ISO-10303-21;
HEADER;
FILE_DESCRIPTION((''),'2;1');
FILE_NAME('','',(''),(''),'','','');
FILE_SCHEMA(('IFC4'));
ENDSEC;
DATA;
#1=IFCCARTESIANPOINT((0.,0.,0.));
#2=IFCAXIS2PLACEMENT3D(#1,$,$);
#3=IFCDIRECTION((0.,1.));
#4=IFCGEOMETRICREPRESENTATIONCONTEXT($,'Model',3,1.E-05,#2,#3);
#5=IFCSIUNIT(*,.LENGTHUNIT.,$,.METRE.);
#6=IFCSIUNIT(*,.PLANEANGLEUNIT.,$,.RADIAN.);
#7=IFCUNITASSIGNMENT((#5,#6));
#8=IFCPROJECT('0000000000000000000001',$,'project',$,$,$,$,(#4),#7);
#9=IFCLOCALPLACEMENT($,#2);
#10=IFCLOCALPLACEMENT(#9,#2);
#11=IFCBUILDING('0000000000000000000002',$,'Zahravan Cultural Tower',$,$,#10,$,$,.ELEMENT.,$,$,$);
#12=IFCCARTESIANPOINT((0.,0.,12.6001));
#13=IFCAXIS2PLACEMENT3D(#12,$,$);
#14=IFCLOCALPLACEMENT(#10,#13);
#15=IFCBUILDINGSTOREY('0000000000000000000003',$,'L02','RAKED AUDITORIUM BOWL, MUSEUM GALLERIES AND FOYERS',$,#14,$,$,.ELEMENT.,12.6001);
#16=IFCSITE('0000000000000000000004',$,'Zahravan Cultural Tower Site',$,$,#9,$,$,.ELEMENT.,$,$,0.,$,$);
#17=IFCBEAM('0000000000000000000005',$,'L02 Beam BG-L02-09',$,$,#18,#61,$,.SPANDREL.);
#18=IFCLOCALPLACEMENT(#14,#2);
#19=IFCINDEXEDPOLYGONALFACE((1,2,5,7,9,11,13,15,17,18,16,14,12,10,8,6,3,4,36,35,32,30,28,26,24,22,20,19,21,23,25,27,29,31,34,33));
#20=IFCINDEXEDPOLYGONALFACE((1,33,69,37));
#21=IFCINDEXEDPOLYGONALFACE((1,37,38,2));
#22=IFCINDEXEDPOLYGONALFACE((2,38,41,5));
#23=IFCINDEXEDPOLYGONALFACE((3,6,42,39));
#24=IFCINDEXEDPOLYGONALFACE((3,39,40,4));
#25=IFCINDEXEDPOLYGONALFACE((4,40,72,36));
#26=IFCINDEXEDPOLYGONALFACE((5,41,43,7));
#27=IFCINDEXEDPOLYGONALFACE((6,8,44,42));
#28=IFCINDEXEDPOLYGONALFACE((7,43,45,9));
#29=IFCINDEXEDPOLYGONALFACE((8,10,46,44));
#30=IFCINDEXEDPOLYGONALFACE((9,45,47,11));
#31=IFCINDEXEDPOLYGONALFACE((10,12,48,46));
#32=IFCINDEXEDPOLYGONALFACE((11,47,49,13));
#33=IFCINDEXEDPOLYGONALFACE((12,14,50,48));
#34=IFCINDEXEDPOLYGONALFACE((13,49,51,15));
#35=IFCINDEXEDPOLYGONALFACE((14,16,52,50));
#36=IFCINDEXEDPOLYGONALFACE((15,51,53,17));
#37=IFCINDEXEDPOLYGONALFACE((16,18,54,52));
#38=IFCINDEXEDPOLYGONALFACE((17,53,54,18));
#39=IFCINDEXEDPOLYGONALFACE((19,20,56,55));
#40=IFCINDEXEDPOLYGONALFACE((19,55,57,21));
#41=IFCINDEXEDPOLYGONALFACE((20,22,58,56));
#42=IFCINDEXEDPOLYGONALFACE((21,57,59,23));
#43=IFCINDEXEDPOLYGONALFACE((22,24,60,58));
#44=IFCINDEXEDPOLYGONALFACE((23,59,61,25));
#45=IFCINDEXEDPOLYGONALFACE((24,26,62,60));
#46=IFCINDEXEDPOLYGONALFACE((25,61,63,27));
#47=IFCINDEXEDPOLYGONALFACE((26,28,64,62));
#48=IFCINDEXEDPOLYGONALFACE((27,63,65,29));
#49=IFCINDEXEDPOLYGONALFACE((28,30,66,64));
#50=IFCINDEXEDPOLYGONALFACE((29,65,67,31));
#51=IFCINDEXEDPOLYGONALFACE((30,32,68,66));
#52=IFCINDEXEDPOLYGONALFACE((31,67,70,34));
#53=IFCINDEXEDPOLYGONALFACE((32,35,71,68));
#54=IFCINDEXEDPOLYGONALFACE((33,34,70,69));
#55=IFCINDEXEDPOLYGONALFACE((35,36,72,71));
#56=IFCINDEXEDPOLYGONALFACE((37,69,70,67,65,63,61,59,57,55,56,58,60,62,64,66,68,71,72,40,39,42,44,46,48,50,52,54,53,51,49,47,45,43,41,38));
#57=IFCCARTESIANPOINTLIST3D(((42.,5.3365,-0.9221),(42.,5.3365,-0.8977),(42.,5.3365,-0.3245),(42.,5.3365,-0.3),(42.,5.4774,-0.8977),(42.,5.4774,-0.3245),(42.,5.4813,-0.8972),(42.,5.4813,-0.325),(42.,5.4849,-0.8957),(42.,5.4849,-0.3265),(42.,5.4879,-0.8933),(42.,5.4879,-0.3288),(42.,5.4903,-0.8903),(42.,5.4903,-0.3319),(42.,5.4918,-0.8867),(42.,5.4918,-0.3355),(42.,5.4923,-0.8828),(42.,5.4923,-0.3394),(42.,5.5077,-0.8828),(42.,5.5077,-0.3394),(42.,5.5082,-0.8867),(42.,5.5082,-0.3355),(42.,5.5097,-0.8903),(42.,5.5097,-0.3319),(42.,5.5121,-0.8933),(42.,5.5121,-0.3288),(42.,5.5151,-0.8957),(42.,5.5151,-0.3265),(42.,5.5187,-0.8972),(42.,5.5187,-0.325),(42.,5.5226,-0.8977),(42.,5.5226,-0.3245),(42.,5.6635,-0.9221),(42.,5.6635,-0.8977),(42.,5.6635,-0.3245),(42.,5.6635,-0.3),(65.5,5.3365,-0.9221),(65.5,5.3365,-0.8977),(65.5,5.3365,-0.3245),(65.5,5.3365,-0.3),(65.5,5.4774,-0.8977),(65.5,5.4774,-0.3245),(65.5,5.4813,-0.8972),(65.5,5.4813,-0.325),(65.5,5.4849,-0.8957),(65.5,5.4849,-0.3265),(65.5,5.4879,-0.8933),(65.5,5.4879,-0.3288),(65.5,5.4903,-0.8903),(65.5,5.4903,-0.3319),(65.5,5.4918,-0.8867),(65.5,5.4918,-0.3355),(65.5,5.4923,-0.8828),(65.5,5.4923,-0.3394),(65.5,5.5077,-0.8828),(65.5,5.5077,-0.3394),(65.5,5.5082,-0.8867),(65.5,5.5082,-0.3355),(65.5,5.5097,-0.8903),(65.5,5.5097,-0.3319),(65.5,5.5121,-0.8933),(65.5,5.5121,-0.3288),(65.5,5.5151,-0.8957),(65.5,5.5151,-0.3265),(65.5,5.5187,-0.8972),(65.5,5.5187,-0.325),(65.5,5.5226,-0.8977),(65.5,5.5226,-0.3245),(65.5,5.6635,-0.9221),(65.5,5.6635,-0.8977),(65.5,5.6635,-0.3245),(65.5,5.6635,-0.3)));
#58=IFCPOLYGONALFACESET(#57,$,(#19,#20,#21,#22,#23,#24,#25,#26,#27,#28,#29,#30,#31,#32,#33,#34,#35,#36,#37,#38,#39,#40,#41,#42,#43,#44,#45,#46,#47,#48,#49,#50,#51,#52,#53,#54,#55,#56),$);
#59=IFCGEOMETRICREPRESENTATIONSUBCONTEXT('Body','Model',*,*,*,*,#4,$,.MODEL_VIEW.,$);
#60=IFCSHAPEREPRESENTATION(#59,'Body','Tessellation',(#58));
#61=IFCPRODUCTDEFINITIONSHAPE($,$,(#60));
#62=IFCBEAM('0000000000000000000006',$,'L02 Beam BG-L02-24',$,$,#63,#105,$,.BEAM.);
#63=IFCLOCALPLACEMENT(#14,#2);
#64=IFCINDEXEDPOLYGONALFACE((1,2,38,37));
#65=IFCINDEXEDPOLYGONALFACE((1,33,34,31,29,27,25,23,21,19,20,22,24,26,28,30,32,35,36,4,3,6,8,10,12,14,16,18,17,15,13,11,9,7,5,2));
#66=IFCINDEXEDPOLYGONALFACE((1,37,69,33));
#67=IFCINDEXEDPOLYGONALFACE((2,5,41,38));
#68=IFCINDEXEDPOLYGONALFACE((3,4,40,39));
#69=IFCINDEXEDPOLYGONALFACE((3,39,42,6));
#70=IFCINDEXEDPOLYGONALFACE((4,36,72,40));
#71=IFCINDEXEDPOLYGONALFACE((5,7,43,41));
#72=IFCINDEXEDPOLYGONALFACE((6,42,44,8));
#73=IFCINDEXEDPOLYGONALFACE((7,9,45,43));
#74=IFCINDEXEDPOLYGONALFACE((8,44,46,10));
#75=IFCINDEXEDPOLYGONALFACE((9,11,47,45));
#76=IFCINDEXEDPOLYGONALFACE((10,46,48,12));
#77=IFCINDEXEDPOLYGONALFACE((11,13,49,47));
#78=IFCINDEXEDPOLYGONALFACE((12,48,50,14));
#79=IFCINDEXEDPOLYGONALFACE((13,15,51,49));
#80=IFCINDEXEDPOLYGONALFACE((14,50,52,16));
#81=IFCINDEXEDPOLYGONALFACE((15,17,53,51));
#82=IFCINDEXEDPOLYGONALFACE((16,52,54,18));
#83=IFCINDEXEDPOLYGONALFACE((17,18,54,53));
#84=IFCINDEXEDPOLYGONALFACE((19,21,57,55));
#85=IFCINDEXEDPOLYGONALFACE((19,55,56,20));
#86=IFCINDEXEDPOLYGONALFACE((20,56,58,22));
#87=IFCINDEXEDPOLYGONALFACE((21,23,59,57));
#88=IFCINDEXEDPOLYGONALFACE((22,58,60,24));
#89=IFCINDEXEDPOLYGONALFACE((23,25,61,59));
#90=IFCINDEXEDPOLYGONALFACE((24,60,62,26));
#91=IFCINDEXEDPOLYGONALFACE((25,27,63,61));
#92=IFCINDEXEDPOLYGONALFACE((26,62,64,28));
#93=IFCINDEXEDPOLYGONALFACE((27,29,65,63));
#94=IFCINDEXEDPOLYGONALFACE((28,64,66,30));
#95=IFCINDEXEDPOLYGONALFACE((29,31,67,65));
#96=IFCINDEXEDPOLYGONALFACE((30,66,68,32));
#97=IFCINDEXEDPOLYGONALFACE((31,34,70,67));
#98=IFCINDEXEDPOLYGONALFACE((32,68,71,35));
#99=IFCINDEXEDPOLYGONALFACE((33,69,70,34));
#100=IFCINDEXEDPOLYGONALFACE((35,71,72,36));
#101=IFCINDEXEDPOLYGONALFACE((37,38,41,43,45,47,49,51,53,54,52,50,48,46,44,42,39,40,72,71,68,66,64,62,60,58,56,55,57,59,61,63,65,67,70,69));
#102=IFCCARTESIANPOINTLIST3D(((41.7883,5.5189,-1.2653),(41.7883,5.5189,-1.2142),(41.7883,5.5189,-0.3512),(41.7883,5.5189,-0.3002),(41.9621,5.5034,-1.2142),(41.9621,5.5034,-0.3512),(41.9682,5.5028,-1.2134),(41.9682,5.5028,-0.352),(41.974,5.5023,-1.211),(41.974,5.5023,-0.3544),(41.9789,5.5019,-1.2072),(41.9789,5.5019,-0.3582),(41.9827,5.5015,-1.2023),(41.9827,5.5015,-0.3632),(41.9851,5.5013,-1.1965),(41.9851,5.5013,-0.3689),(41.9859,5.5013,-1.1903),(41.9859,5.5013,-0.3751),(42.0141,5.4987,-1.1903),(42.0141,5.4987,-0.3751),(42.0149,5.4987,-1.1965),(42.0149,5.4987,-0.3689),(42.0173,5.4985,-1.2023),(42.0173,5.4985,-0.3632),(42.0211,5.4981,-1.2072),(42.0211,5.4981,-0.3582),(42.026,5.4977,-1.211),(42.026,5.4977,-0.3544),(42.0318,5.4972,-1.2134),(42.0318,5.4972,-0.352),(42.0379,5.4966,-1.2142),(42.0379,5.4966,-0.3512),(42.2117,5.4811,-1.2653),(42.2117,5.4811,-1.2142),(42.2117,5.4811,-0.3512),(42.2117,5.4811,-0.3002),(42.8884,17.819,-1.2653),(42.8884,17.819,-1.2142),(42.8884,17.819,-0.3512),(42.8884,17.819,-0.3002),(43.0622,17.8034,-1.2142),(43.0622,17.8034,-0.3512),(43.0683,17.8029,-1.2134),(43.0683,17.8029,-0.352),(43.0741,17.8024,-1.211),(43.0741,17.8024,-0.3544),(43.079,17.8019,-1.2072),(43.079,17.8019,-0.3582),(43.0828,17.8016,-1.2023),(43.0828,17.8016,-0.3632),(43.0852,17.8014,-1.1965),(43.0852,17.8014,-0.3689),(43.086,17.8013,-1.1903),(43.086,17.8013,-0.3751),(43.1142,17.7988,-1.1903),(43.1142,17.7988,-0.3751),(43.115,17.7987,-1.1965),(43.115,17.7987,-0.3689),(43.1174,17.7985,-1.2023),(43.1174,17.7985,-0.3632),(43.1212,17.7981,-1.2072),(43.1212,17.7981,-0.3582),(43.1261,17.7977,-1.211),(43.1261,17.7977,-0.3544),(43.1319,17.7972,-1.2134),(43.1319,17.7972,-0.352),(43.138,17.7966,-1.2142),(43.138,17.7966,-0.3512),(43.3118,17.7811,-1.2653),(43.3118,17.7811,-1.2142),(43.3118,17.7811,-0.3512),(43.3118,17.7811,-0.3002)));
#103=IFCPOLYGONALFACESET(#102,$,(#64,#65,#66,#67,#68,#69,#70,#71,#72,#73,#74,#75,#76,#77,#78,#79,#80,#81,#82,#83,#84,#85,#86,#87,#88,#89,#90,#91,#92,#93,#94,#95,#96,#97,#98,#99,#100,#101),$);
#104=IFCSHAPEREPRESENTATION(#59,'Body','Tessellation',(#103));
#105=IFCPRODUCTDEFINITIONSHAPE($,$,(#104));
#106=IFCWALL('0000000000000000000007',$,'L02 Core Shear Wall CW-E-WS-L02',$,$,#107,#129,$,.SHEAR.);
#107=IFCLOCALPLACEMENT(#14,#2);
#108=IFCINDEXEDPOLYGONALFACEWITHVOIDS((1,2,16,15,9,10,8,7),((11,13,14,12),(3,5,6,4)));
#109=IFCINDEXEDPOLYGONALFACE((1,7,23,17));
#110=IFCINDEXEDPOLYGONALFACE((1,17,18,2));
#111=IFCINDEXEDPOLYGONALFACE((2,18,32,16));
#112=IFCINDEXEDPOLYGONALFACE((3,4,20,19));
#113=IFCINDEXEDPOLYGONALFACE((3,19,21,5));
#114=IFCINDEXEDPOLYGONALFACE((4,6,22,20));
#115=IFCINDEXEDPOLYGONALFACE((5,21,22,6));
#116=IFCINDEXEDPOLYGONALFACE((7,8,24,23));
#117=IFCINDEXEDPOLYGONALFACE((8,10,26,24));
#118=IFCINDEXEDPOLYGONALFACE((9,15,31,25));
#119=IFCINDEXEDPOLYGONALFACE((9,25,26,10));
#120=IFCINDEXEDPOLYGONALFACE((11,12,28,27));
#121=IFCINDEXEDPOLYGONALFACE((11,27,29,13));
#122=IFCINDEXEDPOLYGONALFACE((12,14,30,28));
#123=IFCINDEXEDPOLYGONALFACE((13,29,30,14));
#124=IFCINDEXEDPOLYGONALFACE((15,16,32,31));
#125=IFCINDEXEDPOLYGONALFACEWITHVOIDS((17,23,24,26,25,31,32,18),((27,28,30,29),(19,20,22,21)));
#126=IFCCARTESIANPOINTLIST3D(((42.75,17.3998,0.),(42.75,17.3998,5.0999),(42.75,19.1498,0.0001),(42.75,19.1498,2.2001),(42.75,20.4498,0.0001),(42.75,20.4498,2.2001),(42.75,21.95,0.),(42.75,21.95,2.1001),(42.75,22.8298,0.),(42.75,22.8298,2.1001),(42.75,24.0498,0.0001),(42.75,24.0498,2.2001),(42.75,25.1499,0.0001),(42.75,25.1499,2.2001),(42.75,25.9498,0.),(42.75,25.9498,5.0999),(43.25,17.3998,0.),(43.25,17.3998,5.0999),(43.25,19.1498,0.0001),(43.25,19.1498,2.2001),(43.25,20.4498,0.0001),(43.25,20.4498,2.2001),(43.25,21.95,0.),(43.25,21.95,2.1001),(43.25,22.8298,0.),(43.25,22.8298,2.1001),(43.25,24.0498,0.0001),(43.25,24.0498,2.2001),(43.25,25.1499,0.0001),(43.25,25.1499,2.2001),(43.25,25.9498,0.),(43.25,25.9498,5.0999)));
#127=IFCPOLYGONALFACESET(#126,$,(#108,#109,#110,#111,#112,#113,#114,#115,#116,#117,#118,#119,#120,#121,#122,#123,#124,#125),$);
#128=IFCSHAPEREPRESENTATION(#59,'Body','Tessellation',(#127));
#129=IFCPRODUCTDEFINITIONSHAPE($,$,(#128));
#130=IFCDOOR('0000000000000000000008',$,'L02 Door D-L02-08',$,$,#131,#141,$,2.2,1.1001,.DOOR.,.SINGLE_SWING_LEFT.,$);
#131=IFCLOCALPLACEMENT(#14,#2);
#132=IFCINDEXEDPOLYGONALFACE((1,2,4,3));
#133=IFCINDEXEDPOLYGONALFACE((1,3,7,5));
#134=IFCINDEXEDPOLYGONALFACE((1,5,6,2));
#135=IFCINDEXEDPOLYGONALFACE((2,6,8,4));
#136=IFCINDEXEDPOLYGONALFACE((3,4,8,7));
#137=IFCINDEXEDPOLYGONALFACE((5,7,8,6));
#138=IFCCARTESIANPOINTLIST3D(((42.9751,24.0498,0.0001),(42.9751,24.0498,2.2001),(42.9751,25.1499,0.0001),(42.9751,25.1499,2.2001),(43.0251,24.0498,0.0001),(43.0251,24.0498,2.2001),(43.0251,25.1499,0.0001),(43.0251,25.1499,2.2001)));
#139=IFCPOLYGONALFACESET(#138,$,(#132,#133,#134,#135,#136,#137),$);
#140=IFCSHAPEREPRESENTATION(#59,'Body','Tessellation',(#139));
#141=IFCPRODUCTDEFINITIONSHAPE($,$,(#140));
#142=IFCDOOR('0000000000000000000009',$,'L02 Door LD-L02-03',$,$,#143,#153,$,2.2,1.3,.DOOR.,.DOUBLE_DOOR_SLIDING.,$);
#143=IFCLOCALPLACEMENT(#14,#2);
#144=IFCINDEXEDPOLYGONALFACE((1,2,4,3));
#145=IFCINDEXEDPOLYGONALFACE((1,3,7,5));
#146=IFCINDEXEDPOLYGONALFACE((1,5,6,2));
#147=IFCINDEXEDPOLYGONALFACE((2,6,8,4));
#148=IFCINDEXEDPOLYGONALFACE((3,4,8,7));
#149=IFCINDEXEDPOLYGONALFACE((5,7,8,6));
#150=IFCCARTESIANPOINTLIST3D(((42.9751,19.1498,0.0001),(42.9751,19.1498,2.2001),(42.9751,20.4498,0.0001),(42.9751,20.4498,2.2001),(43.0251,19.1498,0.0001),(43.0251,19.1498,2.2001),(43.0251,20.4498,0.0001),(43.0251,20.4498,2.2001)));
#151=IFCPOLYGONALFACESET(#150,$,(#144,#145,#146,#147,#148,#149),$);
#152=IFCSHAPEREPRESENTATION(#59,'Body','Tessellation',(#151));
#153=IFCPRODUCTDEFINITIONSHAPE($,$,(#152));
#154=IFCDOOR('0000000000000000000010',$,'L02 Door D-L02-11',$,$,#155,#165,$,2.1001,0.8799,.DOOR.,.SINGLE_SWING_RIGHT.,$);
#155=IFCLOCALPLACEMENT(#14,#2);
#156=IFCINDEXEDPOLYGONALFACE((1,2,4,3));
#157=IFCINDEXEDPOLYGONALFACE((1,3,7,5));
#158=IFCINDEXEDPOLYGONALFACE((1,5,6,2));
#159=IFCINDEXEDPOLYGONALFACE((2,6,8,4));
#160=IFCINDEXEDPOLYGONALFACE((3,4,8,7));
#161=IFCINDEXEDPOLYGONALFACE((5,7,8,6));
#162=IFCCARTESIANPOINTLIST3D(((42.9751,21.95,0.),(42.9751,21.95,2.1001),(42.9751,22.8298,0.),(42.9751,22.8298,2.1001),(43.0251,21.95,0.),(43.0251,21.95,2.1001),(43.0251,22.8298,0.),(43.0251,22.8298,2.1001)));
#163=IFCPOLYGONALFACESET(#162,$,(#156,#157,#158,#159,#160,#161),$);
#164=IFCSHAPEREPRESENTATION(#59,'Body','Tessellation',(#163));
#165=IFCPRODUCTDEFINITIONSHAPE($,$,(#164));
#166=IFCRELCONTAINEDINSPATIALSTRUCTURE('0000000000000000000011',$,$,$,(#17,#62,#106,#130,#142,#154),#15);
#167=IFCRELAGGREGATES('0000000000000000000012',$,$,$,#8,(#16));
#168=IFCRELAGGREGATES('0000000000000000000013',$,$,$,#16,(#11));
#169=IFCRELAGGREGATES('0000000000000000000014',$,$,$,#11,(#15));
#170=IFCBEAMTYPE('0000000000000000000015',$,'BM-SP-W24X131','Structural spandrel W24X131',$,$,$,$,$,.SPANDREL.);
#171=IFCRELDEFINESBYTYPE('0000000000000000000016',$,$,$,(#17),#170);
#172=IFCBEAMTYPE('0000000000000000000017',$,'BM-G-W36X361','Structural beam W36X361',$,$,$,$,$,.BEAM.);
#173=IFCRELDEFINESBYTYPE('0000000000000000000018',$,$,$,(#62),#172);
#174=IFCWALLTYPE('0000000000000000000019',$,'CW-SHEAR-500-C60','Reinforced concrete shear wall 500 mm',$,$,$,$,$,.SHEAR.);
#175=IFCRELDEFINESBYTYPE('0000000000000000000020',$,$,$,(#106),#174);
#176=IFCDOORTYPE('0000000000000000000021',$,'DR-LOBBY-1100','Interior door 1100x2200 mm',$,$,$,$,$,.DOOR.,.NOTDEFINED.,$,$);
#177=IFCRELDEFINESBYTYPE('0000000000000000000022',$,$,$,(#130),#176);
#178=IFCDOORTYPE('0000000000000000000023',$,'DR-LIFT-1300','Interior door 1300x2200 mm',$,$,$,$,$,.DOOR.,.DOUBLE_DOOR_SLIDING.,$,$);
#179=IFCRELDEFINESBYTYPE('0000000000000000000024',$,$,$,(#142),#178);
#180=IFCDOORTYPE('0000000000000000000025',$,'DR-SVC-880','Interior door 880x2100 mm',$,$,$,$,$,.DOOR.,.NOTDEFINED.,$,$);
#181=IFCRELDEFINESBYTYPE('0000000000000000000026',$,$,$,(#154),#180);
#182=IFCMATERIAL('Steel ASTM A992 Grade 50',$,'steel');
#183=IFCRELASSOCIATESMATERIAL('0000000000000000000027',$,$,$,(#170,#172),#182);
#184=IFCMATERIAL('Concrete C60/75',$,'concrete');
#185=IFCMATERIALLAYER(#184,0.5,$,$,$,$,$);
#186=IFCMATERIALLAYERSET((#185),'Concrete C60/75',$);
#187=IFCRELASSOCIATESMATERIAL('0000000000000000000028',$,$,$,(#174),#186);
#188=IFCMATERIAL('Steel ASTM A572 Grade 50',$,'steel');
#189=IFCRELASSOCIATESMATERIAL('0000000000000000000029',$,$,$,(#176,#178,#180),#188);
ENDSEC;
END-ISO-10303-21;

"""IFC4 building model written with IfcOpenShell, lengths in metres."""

from ifc_helpers import new_model, si_unit, direction, frame, frame_2d, origin, origin_2d, place, context, subcontext, project, spatial, rectangle, i_section, extrude, source, transform, mapped, material, layer, layer_set, material_profile, profile_set, type_object, element, fill, save


model = new_model("IFC4")

# Units and contexts
model_context = context("Model", 3, precision=1e-05, world=origin(), true_north=direction((0.0, 1.0)))
body_context = subcontext(model_context, "Body", "Model", "MODEL_VIEW")
ifc_project = project(units=[si_unit("LENGTHUNIT", "METRE"), si_unit("PLANEANGLEUNIT", "RADIAN")], contexts=[model_context])

# Site, building, storey
site_placement = place(None, origin())
site = spatial("IfcSite", under=ifc_project, at=site_placement, Name="Zahravan Cultural Tower Site", CompositionType="ELEMENT", RefElevation=0.0)
building_placement = place(site_placement, origin())
building = spatial("IfcBuilding", under=site, at=building_placement, Name="Zahravan Cultural Tower", CompositionType="ELEMENT")
storey_placement = place(building_placement, frame((0.0, 0.0, 12.6001)))
storey = spatial("IfcBuildingStorey", under=building, at=storey_placement, Name="L02", Description="RAKED AUDITORIUM BOWL, MUSEUM GALLERIES AND FOYERS", CompositionType="ELEMENT", Elevation=12.6001)

# Shared definitions
ifc_material_1 = material(Name="Concrete C60/75", Category="concrete")
ifc_material_2 = material(Name="Steel ASTM A572 Grade 50", Category="steel")

# Beams
ifc_material_3 = material(Name="Steel ASTM A992 Grade 50", Category="steel")
ifc_material_profile_1 = material_profile(ifc_material_3, i_section(OverallWidth=0.3269, OverallDepth=0.6221, WebThickness=0.0154, FlangeThickness=0.0244, FilletRadius=0.0149, at=origin_2d()), Name="W24X131")
ifc_profile_set_1 = profile_set([ifc_material_profile_1], Name="Steel ASTM A992 Grade 50")
beam_type_1 = type_object("IfcBeamType", Name="BM-SP-W24X131", Description="Structural spandrel W24X131", PredefinedType="SPANDREL", material=ifc_profile_set_1)
shared_shape_1 = source(origin(), body_context, "Body", "SweptSolid", [
    extrude(i_section(OverallWidth=0.3269, OverallDepth=0.6221, WebThickness=0.0154, FlangeThickness=0.0244, FilletRadius=0.0149, at=origin_2d()), origin(), (0.0, 0.0, 1.0), 23.5),
])
beam_1_placement = place(storey_placement, frame((42.0, 5.5, -0.6111), z_axis=(1.0, 0.0, 0.0), x_axis=(0.0, 1.0, 0.0)))
element("IfcBeam", 1, at=beam_1_placement, inside=storey, type_object=beam_type_1, Name="L02 Beam BG-L02-09", PredefinedType="SPANDREL", context=body_context, shape_type="MappedRepresentation", body=[
    mapped(shared_shape_1, transform((0.0, 0.0, 0.0), x_axis=(1.0, 0.0, 0.0), y_axis=(0.0, 1.0, 0.0), z_axis=(0.0, 0.0, 1.0), scale=1.0)),
])
ifc_material_profile_2 = material_profile(ifc_material_3, i_section(OverallWidth=0.425, OverallDepth=0.9651, WebThickness=0.0283, FlangeThickness=0.051, FilletRadius=0.0239, at=origin_2d()), Name="W36X361")
ifc_profile_set_2 = profile_set([ifc_material_profile_2], Name="Steel ASTM A992 Grade 50")
beam_type_2 = type_object("IfcBeamType", Name="BM-G-W36X361", Description="Structural beam W36X361", PredefinedType="BEAM", material=ifc_profile_set_2)
shared_shape_2 = source(origin(), body_context, "Body", "SweptSolid", [
    extrude(i_section(OverallWidth=0.425, OverallDepth=0.9651, WebThickness=0.0283, FlangeThickness=0.051, FilletRadius=0.0239, at=origin_2d()), origin(), (0.0, 0.0, 1.0), 12.3491),
])
beam_2_placement = place(storey_placement, frame((42.0, 5.5, -0.7827), z_axis=(0.089083, 0.996024, 0.0), x_axis=(-0.996024, 0.089083, 0.0)))
element("IfcBeam", 2, at=beam_2_placement, inside=storey, type_object=beam_type_2, Name="L02 Beam BG-L02-24", PredefinedType="BEAM", context=body_context, shape_type="MappedRepresentation", body=[
    mapped(shared_shape_2, transform((0.0, 0.0, 0.0), x_axis=(1.0, 0.0, 0.0), y_axis=(0.0, 1.0, 0.0), z_axis=(0.0, 0.0, 1.0), scale=1.0)),
])

# Wall, openings, doors
ifc_layer_1 = layer(ifc_material_1, 0.5)
ifc_layer_set_1 = layer_set([ifc_layer_1], Name="Concrete C60/75")
wall_type_1 = type_object("IfcWallType", Name="CW-SHEAR-500-C60", Description="Reinforced concrete shear wall 500 mm", PredefinedType="SHEAR", material=ifc_layer_set_1)
wall_1_placement = place(storey_placement, frame((43.0, 17.3999, 0.0), z_axis=(0.0, 0.0, 1.0), x_axis=(0.0, 1.0, 0.0)))
wall_1 = element("IfcWall", 3, at=wall_1_placement, inside=storey, type_object=wall_type_1, Name="L02 Core Shear Wall CW-E-WS-L02", PredefinedType="SHEAR", context=body_context, shape_type="SweptSolid", body=[
    extrude(rectangle(XDim=8.55, YDim=0.5, at=frame_2d((4.2749, 0.0))), origin(), (0.0, 0.0, 1.0), 5.0999),
])
opening_1_placement = place(wall_1_placement, frame((6.6499, 0.0, 0.0)))
opening_1 = element("IfcOpeningElement", 4, at=opening_1_placement, cuts=wall_1, PredefinedType="OPENING", context=body_context, shape_type="SweptSolid", body=[
    extrude(rectangle(XDim=1.1001, YDim=2.2, at=frame_2d((0.55, 1.1001))), frame((0.0, 0.26, 0.0), z_axis=(0.0, -1.0, 0.0), x_axis=(1.0, 0.0, 0.0)), (0.0, 0.0, 1.0), 0.52),
])
opening_2_placement = place(wall_1_placement, frame((1.75, 0.0, 0.0)))
opening_2 = element("IfcOpeningElement", 5, at=opening_2_placement, cuts=wall_1, PredefinedType="OPENING", context=body_context, shape_type="SweptSolid", body=[
    extrude(rectangle(XDim=1.3, YDim=2.2, at=frame_2d((0.6499, 1.1001))), frame((0.0, 0.26, 0.0), z_axis=(0.0, -1.0, 0.0), x_axis=(1.0, 0.0, 0.0)), (0.0, 0.0, 1.0), 0.52),
])
opening_3_placement = place(wall_1_placement, frame((4.55, 0.0, 0.0)))
opening_3 = element("IfcOpeningElement", 6, at=opening_3_placement, cuts=wall_1, PredefinedType="OPENING", context=body_context, shape_type="SweptSolid", body=[
    extrude(rectangle(XDim=0.8799, YDim=2.1001, at=frame_2d((0.4399, 1.05))), frame((0.0, 0.26, 0.0), z_axis=(0.0, -1.0, 0.0), x_axis=(1.0, 0.0, 0.0)), (0.0, 0.0, 1.0), 0.52),
])
door_type_1 = type_object("IfcDoorType", Name="DR-LOBBY-1100", Description="Interior door 1100x2200 mm", OperationType="NOTDEFINED", PredefinedType="DOOR", material=ifc_material_2)
shared_shape_3 = source(origin(), body_context, "Body", "SweptSolid", [
    extrude(rectangle(XDim=1.1001, YDim=2.2, at=frame_2d((0.55, 1.1001))), frame((0.0, 0.0249, 0.0), z_axis=(0.0, -1.0, 0.0), x_axis=(1.0, 0.0, 0.0)), (0.0, 0.0, 1.0), 0.05),
])
door_1_placement = place(opening_1_placement, origin())
door_1 = element("IfcDoor", 7, at=door_1_placement, inside=storey, type_object=door_type_1, Name="L02 Door D-L02-08", OperationType="SINGLE_SWING_LEFT", OverallHeight=2.2, OverallWidth=1.1001, PredefinedType="DOOR", context=body_context, shape_type="MappedRepresentation", body=[
    mapped(shared_shape_3, transform((0.0, 0.0, 0.0), x_axis=(1.0, 0.0, 0.0), y_axis=(0.0, 1.0, 0.0), z_axis=(0.0, 0.0, 1.0), scale=1.0)),
])
fill(opening_1, door_1)
door_type_2 = type_object("IfcDoorType", Name="DR-LIFT-1300", Description="Interior door 1300x2200 mm", OperationType="DOUBLE_DOOR_SLIDING", PredefinedType="DOOR", material=ifc_material_2)
shared_shape_4 = source(origin(), body_context, "Body", "SweptSolid", [
    extrude(rectangle(XDim=1.3, YDim=2.2, at=frame_2d((0.6499, 1.1001))), frame((0.0, 0.0249, 0.0), z_axis=(0.0, -1.0, 0.0), x_axis=(1.0, 0.0, 0.0)), (0.0, 0.0, 1.0), 0.05),
])
door_2_placement = place(opening_2_placement, origin())
door_2 = element("IfcDoor", 8, at=door_2_placement, inside=storey, type_object=door_type_2, Name="L02 Door LD-L02-03", OperationType="DOUBLE_DOOR_SLIDING", OverallHeight=2.2, OverallWidth=1.3, PredefinedType="DOOR", context=body_context, shape_type="MappedRepresentation", body=[
    mapped(shared_shape_4, transform((0.0, 0.0, 0.0), x_axis=(1.0, 0.0, 0.0), y_axis=(0.0, 1.0, 0.0), z_axis=(0.0, 0.0, 1.0), scale=1.0)),
])
fill(opening_2, door_2)
door_type_3 = type_object("IfcDoorType", Name="DR-SVC-880", Description="Interior door 880x2100 mm", OperationType="NOTDEFINED", PredefinedType="DOOR", material=ifc_material_2)
shared_shape_5 = source(origin(), body_context, "Body", "SweptSolid", [
    extrude(rectangle(XDim=0.8799, YDim=2.1001, at=frame_2d((0.4399, 1.05))), frame((0.0, 0.0249, 0.0), z_axis=(0.0, -1.0, 0.0), x_axis=(1.0, 0.0, 0.0)), (0.0, 0.0, 1.0), 0.05),
])
door_3_placement = place(opening_3_placement, origin())
door_3 = element("IfcDoor", 9, at=door_3_placement, inside=storey, type_object=door_type_3, Name="L02 Door D-L02-11", OperationType="SINGLE_SWING_RIGHT", OverallHeight=2.1001, OverallWidth=0.8799, PredefinedType="DOOR", context=body_context, shape_type="MappedRepresentation", body=[
    mapped(shared_shape_5, transform((0.0, 0.0, 0.0), x_axis=(1.0, 0.0, 0.0), y_axis=(0.0, 1.0, 0.0), z_axis=(0.0, 0.0, 1.0), scale=1.0)),
])
fill(opening_3, door_3)

save(model, "model.ifc")
